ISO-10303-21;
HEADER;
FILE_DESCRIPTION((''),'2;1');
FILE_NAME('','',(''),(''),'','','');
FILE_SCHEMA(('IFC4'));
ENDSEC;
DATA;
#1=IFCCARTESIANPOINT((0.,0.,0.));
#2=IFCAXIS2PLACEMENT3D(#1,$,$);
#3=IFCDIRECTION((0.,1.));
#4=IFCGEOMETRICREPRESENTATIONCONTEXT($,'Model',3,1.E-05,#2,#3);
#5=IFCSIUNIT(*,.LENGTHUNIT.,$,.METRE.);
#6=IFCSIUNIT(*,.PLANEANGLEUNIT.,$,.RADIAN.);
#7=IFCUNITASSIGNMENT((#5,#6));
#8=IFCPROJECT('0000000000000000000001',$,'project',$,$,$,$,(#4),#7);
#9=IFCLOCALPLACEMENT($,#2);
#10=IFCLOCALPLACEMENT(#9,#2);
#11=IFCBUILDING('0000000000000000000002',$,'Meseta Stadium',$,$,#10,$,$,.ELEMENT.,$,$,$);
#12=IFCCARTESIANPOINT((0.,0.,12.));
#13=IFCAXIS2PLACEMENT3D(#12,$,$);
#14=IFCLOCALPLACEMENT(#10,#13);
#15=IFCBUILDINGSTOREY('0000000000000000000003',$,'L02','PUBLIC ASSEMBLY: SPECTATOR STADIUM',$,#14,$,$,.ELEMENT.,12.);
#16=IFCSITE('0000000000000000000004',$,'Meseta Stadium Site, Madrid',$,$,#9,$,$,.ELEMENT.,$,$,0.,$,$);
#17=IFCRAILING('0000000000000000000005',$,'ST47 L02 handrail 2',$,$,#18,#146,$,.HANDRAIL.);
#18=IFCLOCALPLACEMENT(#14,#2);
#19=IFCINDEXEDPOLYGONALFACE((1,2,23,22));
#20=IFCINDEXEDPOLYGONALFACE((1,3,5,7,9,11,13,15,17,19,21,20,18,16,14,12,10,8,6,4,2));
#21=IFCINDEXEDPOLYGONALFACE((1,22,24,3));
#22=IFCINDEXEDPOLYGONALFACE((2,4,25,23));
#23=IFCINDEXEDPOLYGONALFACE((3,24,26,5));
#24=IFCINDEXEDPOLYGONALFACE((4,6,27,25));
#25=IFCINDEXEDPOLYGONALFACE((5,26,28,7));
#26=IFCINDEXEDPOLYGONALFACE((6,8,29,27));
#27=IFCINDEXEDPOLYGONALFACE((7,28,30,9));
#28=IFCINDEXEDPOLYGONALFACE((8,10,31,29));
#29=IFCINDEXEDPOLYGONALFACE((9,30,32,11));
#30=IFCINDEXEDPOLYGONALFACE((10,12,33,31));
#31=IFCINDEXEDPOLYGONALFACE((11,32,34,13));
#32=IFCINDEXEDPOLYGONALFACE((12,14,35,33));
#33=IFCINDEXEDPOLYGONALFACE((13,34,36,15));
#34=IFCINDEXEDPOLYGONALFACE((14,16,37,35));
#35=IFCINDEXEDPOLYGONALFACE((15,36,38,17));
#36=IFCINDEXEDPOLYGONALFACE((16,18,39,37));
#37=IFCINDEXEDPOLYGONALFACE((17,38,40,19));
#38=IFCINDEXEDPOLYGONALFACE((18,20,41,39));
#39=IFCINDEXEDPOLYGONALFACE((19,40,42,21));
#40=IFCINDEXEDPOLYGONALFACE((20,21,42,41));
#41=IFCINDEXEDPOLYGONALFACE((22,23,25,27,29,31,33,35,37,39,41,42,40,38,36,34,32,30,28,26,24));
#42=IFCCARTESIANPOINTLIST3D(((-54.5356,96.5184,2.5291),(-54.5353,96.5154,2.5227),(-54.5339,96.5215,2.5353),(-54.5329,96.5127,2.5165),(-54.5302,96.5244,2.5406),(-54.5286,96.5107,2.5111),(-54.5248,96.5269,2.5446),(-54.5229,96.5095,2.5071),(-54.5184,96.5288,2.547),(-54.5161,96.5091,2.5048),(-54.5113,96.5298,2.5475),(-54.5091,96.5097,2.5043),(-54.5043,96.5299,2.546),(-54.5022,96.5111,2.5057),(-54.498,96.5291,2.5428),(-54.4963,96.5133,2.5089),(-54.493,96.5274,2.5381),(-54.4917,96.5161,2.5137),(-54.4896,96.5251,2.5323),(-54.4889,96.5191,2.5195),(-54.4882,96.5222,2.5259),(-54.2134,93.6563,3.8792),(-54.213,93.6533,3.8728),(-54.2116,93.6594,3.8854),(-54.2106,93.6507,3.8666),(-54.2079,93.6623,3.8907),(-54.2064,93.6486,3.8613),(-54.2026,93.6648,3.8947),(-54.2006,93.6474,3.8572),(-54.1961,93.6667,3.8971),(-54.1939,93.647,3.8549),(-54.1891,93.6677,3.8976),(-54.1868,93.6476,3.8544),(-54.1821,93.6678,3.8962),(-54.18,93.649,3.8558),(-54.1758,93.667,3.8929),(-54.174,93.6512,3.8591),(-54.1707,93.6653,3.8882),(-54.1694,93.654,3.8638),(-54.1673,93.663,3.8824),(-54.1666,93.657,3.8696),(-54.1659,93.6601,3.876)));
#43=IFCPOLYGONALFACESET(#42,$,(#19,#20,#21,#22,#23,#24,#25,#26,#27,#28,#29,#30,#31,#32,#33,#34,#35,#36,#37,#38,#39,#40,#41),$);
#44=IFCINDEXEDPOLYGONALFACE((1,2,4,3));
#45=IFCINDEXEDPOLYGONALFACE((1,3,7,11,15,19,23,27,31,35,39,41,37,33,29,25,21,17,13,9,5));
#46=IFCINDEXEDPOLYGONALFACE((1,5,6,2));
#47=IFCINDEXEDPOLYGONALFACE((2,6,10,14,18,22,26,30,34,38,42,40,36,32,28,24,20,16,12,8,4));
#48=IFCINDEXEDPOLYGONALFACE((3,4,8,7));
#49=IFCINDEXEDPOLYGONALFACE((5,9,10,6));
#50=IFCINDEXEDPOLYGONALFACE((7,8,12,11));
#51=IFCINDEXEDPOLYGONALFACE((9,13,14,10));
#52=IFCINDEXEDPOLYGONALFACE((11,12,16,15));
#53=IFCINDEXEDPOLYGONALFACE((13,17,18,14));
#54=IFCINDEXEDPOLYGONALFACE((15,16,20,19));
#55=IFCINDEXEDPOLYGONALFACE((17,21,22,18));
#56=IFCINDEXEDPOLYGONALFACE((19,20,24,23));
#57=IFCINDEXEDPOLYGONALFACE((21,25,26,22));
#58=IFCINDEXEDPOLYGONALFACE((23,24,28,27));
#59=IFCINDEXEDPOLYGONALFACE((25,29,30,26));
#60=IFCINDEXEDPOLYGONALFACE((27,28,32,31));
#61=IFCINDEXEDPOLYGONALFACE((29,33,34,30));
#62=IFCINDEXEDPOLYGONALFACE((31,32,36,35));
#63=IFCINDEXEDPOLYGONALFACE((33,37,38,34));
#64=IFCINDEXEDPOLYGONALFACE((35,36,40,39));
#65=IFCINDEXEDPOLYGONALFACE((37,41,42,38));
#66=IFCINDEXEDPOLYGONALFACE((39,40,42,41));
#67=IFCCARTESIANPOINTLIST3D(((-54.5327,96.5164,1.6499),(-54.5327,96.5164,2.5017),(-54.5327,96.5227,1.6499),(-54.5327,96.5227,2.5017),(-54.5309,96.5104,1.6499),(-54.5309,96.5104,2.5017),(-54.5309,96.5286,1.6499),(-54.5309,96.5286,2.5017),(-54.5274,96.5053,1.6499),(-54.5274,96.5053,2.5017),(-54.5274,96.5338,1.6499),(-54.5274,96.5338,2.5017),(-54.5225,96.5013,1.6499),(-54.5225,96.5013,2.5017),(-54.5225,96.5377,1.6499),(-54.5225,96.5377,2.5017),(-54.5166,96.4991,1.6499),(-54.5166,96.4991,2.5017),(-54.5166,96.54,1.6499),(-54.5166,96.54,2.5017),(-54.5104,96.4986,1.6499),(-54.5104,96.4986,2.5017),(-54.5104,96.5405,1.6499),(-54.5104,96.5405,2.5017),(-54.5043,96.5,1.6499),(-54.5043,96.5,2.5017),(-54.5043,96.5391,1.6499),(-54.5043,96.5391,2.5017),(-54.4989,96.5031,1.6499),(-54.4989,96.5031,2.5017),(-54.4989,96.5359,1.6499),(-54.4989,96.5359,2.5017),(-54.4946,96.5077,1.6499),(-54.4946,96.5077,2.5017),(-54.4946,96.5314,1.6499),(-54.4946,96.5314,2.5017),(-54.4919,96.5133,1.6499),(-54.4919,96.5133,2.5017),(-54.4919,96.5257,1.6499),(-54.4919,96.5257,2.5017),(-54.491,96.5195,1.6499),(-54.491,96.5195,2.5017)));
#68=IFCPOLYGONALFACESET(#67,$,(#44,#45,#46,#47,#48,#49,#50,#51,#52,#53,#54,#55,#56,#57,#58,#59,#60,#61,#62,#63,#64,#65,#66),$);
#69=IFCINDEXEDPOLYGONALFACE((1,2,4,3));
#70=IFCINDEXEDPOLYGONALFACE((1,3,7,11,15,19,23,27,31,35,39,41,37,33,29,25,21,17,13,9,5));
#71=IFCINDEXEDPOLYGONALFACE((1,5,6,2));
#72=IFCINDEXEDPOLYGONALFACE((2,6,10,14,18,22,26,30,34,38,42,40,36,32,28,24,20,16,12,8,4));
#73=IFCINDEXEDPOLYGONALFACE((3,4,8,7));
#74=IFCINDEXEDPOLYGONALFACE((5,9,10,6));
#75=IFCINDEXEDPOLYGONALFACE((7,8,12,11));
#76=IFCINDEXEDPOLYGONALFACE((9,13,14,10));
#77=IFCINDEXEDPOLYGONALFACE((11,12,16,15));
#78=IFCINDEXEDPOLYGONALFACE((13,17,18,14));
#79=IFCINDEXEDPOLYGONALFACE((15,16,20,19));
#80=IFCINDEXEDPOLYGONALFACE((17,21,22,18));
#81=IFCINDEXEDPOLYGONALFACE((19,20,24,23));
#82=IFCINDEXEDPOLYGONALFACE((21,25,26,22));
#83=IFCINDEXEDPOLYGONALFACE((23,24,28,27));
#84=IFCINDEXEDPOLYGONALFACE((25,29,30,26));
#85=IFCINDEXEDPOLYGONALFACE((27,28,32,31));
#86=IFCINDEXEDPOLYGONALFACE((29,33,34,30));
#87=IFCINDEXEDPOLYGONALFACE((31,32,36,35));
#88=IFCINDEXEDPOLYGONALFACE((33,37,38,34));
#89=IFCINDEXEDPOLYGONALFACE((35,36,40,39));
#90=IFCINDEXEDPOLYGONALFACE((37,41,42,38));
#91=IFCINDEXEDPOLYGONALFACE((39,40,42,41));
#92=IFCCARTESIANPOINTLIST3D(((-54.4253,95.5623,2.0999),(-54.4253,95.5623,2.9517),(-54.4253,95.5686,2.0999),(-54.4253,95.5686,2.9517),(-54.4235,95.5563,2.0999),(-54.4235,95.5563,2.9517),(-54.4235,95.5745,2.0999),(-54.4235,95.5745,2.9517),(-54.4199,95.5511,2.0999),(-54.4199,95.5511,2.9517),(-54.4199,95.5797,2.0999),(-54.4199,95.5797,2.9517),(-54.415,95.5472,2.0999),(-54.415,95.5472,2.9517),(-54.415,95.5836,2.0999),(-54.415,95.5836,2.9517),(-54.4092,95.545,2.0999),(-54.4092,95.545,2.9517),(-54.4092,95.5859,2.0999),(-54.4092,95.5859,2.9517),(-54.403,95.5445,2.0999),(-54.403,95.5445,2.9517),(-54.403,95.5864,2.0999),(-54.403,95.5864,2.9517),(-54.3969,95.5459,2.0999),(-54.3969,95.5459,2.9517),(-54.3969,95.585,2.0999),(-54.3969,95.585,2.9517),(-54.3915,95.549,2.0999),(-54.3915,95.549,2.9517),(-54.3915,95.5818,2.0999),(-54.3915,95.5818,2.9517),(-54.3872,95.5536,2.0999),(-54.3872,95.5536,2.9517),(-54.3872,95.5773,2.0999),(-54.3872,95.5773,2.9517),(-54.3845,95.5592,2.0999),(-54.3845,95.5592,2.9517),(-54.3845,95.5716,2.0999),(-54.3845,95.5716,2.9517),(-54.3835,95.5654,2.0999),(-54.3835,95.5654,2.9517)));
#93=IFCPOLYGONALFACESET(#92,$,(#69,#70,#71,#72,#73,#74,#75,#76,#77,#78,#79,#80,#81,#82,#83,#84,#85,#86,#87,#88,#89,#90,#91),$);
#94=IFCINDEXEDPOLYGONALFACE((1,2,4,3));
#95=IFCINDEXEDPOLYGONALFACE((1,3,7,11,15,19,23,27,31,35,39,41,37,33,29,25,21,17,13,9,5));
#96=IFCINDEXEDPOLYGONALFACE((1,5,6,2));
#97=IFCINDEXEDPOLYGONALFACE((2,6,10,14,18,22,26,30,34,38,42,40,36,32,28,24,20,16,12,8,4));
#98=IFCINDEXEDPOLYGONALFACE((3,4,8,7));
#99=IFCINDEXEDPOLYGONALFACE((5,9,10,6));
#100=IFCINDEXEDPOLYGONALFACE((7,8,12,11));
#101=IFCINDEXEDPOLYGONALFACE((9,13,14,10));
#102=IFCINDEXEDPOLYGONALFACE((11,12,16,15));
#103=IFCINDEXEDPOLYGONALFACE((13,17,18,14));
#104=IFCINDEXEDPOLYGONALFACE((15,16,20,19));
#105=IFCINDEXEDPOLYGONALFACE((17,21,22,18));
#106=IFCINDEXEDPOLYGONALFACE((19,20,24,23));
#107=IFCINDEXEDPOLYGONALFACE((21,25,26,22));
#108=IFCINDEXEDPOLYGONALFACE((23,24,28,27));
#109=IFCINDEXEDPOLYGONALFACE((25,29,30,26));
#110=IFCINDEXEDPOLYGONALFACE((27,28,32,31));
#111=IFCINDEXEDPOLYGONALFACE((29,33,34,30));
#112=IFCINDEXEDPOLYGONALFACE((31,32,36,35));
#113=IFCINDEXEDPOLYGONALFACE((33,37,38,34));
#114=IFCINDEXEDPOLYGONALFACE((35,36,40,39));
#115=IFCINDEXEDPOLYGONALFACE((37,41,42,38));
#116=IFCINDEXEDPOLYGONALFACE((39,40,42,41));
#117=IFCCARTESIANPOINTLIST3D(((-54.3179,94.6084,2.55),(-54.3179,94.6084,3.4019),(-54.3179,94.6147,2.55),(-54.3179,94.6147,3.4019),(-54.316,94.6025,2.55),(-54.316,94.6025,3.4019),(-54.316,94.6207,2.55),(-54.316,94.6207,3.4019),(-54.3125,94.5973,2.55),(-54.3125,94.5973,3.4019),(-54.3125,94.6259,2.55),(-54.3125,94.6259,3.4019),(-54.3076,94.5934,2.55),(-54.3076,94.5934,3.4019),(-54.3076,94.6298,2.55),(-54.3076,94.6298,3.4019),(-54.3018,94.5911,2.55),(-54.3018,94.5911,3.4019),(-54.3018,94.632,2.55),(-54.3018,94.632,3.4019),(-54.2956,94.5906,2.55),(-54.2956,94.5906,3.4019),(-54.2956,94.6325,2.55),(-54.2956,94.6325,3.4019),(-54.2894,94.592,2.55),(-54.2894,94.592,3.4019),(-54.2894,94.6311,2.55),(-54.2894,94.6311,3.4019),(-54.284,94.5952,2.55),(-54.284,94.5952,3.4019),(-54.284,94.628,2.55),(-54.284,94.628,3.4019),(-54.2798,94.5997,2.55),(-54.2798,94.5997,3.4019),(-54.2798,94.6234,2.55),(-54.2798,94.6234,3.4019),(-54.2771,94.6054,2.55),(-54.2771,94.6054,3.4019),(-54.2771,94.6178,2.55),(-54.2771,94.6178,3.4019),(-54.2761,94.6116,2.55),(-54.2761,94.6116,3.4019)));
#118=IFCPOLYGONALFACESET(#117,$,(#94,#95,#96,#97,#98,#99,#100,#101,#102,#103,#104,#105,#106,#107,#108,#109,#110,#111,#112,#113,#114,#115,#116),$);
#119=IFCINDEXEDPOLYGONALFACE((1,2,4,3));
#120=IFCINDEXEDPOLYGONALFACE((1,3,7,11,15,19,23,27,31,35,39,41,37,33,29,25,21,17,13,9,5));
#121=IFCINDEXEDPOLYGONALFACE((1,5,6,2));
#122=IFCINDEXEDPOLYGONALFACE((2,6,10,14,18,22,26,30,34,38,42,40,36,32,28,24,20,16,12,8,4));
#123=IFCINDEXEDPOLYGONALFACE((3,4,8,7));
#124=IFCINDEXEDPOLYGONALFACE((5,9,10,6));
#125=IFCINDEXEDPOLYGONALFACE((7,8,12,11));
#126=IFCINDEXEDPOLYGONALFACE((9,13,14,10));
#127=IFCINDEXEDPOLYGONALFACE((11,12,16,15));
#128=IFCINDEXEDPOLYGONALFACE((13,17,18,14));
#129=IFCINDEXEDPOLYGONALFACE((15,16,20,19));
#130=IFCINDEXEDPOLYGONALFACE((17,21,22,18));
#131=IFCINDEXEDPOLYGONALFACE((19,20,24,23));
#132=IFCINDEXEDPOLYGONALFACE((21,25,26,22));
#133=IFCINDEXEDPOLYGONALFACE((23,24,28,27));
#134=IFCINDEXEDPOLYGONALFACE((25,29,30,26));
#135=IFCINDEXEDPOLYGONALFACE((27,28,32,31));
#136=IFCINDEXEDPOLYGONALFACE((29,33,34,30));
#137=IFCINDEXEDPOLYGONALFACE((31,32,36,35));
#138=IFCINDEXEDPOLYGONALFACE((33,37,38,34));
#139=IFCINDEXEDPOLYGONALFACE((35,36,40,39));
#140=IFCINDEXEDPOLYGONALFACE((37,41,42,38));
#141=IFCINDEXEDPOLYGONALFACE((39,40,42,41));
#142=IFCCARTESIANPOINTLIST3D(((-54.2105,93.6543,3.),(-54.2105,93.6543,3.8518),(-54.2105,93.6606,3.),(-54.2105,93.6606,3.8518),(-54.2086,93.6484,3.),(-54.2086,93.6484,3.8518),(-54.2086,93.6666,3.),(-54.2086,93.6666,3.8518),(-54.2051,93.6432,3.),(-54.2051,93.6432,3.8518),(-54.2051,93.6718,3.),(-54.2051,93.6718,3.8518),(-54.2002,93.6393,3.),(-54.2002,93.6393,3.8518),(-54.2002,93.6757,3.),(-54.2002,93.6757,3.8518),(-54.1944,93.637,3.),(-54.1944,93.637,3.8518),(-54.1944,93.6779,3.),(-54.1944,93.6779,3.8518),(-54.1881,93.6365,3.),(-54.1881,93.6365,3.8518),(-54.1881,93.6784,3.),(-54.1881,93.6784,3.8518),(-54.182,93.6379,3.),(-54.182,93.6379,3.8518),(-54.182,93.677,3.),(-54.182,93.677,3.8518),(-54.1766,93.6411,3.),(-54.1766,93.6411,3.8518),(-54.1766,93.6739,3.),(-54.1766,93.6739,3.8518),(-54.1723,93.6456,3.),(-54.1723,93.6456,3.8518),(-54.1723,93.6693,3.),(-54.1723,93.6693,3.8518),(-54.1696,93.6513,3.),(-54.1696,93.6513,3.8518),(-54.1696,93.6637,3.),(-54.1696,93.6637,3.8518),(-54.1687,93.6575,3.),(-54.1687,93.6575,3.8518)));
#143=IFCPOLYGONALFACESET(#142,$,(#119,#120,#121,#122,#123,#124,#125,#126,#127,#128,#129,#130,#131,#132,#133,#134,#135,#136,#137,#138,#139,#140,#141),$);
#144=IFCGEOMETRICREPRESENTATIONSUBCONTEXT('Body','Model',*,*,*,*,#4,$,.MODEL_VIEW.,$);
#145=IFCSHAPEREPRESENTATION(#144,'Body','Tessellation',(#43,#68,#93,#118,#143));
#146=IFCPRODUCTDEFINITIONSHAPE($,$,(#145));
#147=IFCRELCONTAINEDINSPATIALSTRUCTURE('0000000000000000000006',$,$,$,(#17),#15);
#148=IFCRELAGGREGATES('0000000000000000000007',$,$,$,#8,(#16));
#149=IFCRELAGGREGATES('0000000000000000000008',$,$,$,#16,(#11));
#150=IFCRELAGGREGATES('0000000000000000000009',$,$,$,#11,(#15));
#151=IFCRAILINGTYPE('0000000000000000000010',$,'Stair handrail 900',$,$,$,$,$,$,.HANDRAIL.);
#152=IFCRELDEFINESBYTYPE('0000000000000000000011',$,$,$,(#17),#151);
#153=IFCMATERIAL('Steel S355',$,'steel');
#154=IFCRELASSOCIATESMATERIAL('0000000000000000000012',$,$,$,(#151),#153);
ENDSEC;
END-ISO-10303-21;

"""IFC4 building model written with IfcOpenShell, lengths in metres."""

from ifc_helpers import new_model, si_unit, direction, frame, origin, origin_2d, place, context, subcontext, project, spatial, circle, extrude, material, type_object, element, save


model = new_model("IFC4")

# Units and contexts
model_context = context("Model", 3, precision=1e-05, world=origin(), true_north=direction((0.0, 1.0)))
body_context = subcontext(model_context, "Body", "Model", "MODEL_VIEW")
ifc_project = project(units=[si_unit("LENGTHUNIT", "METRE"), si_unit("PLANEANGLEUNIT", "RADIAN")], contexts=[model_context])

# Site, building, storey
site_placement = place(None, origin())
site = spatial("IfcSite", under=ifc_project, at=site_placement, Name="Meseta Stadium Site, Madrid", CompositionType="ELEMENT", RefElevation=0.0)
building_placement = place(site_placement, origin())
building = spatial("IfcBuilding", under=site, at=building_placement, Name="Meseta Stadium", CompositionType="ELEMENT")
storey_placement = place(building_placement, frame((0.0, 0.0, 12.0)))
storey = spatial("IfcBuildingStorey", under=building, at=storey_placement, Name="L02", Description="PUBLIC ASSEMBLY: SPECTATOR STADIUM", CompositionType="ELEMENT", Elevation=12.0)

# Railing
ifc_material_1 = material(Name="Steel S355", Category="steel")
railing_type_1 = type_object("IfcRailingType", Name="Stair handrail 900", PredefinedType="HANDRAIL", material=ifc_material_1)
for number, where, name in (
    (1, (-54.512, 96.5195, 1.6499), "ST47 L02 handrail 2"),
):
    element("IfcRailing", number, at=place(storey_placement, frame(where)), inside=storey, type_object=railing_type_1, Name=name, PredefinedType="HANDRAIL", context=body_context, shape_type="SweptSolid", body=[
        extrude(circle(Radius=0.0239, at=origin_2d()), frame((0.0, 0.0, 0.876), z_axis=(0.101313, -0.89977, 0.424441), x_axis=(0.99372, 0.111892, 0.0)), (0.0, 0.0, 1.0), 3.1809),
        extrude(circle(Radius=0.021, at=origin_2d()), origin(), (0.0, 0.0, 1.0), 0.8518),
        extrude(circle(Radius=0.021, at=origin_2d()), frame((0.1074, -0.9541, 0.45)), (0.0, 0.0, 1.0), 0.8518),
        extrude(circle(Radius=0.021, at=origin_2d()), frame((0.2148, -1.908, 0.9001)), (0.0, 0.0, 1.0), 0.8518),
        extrude(circle(Radius=0.021, at=origin_2d()), frame((0.3223, -2.8621, 1.3501)), (0.0, 0.0, 1.0), 0.8518),
    ])

save(model, "model.ifc")
